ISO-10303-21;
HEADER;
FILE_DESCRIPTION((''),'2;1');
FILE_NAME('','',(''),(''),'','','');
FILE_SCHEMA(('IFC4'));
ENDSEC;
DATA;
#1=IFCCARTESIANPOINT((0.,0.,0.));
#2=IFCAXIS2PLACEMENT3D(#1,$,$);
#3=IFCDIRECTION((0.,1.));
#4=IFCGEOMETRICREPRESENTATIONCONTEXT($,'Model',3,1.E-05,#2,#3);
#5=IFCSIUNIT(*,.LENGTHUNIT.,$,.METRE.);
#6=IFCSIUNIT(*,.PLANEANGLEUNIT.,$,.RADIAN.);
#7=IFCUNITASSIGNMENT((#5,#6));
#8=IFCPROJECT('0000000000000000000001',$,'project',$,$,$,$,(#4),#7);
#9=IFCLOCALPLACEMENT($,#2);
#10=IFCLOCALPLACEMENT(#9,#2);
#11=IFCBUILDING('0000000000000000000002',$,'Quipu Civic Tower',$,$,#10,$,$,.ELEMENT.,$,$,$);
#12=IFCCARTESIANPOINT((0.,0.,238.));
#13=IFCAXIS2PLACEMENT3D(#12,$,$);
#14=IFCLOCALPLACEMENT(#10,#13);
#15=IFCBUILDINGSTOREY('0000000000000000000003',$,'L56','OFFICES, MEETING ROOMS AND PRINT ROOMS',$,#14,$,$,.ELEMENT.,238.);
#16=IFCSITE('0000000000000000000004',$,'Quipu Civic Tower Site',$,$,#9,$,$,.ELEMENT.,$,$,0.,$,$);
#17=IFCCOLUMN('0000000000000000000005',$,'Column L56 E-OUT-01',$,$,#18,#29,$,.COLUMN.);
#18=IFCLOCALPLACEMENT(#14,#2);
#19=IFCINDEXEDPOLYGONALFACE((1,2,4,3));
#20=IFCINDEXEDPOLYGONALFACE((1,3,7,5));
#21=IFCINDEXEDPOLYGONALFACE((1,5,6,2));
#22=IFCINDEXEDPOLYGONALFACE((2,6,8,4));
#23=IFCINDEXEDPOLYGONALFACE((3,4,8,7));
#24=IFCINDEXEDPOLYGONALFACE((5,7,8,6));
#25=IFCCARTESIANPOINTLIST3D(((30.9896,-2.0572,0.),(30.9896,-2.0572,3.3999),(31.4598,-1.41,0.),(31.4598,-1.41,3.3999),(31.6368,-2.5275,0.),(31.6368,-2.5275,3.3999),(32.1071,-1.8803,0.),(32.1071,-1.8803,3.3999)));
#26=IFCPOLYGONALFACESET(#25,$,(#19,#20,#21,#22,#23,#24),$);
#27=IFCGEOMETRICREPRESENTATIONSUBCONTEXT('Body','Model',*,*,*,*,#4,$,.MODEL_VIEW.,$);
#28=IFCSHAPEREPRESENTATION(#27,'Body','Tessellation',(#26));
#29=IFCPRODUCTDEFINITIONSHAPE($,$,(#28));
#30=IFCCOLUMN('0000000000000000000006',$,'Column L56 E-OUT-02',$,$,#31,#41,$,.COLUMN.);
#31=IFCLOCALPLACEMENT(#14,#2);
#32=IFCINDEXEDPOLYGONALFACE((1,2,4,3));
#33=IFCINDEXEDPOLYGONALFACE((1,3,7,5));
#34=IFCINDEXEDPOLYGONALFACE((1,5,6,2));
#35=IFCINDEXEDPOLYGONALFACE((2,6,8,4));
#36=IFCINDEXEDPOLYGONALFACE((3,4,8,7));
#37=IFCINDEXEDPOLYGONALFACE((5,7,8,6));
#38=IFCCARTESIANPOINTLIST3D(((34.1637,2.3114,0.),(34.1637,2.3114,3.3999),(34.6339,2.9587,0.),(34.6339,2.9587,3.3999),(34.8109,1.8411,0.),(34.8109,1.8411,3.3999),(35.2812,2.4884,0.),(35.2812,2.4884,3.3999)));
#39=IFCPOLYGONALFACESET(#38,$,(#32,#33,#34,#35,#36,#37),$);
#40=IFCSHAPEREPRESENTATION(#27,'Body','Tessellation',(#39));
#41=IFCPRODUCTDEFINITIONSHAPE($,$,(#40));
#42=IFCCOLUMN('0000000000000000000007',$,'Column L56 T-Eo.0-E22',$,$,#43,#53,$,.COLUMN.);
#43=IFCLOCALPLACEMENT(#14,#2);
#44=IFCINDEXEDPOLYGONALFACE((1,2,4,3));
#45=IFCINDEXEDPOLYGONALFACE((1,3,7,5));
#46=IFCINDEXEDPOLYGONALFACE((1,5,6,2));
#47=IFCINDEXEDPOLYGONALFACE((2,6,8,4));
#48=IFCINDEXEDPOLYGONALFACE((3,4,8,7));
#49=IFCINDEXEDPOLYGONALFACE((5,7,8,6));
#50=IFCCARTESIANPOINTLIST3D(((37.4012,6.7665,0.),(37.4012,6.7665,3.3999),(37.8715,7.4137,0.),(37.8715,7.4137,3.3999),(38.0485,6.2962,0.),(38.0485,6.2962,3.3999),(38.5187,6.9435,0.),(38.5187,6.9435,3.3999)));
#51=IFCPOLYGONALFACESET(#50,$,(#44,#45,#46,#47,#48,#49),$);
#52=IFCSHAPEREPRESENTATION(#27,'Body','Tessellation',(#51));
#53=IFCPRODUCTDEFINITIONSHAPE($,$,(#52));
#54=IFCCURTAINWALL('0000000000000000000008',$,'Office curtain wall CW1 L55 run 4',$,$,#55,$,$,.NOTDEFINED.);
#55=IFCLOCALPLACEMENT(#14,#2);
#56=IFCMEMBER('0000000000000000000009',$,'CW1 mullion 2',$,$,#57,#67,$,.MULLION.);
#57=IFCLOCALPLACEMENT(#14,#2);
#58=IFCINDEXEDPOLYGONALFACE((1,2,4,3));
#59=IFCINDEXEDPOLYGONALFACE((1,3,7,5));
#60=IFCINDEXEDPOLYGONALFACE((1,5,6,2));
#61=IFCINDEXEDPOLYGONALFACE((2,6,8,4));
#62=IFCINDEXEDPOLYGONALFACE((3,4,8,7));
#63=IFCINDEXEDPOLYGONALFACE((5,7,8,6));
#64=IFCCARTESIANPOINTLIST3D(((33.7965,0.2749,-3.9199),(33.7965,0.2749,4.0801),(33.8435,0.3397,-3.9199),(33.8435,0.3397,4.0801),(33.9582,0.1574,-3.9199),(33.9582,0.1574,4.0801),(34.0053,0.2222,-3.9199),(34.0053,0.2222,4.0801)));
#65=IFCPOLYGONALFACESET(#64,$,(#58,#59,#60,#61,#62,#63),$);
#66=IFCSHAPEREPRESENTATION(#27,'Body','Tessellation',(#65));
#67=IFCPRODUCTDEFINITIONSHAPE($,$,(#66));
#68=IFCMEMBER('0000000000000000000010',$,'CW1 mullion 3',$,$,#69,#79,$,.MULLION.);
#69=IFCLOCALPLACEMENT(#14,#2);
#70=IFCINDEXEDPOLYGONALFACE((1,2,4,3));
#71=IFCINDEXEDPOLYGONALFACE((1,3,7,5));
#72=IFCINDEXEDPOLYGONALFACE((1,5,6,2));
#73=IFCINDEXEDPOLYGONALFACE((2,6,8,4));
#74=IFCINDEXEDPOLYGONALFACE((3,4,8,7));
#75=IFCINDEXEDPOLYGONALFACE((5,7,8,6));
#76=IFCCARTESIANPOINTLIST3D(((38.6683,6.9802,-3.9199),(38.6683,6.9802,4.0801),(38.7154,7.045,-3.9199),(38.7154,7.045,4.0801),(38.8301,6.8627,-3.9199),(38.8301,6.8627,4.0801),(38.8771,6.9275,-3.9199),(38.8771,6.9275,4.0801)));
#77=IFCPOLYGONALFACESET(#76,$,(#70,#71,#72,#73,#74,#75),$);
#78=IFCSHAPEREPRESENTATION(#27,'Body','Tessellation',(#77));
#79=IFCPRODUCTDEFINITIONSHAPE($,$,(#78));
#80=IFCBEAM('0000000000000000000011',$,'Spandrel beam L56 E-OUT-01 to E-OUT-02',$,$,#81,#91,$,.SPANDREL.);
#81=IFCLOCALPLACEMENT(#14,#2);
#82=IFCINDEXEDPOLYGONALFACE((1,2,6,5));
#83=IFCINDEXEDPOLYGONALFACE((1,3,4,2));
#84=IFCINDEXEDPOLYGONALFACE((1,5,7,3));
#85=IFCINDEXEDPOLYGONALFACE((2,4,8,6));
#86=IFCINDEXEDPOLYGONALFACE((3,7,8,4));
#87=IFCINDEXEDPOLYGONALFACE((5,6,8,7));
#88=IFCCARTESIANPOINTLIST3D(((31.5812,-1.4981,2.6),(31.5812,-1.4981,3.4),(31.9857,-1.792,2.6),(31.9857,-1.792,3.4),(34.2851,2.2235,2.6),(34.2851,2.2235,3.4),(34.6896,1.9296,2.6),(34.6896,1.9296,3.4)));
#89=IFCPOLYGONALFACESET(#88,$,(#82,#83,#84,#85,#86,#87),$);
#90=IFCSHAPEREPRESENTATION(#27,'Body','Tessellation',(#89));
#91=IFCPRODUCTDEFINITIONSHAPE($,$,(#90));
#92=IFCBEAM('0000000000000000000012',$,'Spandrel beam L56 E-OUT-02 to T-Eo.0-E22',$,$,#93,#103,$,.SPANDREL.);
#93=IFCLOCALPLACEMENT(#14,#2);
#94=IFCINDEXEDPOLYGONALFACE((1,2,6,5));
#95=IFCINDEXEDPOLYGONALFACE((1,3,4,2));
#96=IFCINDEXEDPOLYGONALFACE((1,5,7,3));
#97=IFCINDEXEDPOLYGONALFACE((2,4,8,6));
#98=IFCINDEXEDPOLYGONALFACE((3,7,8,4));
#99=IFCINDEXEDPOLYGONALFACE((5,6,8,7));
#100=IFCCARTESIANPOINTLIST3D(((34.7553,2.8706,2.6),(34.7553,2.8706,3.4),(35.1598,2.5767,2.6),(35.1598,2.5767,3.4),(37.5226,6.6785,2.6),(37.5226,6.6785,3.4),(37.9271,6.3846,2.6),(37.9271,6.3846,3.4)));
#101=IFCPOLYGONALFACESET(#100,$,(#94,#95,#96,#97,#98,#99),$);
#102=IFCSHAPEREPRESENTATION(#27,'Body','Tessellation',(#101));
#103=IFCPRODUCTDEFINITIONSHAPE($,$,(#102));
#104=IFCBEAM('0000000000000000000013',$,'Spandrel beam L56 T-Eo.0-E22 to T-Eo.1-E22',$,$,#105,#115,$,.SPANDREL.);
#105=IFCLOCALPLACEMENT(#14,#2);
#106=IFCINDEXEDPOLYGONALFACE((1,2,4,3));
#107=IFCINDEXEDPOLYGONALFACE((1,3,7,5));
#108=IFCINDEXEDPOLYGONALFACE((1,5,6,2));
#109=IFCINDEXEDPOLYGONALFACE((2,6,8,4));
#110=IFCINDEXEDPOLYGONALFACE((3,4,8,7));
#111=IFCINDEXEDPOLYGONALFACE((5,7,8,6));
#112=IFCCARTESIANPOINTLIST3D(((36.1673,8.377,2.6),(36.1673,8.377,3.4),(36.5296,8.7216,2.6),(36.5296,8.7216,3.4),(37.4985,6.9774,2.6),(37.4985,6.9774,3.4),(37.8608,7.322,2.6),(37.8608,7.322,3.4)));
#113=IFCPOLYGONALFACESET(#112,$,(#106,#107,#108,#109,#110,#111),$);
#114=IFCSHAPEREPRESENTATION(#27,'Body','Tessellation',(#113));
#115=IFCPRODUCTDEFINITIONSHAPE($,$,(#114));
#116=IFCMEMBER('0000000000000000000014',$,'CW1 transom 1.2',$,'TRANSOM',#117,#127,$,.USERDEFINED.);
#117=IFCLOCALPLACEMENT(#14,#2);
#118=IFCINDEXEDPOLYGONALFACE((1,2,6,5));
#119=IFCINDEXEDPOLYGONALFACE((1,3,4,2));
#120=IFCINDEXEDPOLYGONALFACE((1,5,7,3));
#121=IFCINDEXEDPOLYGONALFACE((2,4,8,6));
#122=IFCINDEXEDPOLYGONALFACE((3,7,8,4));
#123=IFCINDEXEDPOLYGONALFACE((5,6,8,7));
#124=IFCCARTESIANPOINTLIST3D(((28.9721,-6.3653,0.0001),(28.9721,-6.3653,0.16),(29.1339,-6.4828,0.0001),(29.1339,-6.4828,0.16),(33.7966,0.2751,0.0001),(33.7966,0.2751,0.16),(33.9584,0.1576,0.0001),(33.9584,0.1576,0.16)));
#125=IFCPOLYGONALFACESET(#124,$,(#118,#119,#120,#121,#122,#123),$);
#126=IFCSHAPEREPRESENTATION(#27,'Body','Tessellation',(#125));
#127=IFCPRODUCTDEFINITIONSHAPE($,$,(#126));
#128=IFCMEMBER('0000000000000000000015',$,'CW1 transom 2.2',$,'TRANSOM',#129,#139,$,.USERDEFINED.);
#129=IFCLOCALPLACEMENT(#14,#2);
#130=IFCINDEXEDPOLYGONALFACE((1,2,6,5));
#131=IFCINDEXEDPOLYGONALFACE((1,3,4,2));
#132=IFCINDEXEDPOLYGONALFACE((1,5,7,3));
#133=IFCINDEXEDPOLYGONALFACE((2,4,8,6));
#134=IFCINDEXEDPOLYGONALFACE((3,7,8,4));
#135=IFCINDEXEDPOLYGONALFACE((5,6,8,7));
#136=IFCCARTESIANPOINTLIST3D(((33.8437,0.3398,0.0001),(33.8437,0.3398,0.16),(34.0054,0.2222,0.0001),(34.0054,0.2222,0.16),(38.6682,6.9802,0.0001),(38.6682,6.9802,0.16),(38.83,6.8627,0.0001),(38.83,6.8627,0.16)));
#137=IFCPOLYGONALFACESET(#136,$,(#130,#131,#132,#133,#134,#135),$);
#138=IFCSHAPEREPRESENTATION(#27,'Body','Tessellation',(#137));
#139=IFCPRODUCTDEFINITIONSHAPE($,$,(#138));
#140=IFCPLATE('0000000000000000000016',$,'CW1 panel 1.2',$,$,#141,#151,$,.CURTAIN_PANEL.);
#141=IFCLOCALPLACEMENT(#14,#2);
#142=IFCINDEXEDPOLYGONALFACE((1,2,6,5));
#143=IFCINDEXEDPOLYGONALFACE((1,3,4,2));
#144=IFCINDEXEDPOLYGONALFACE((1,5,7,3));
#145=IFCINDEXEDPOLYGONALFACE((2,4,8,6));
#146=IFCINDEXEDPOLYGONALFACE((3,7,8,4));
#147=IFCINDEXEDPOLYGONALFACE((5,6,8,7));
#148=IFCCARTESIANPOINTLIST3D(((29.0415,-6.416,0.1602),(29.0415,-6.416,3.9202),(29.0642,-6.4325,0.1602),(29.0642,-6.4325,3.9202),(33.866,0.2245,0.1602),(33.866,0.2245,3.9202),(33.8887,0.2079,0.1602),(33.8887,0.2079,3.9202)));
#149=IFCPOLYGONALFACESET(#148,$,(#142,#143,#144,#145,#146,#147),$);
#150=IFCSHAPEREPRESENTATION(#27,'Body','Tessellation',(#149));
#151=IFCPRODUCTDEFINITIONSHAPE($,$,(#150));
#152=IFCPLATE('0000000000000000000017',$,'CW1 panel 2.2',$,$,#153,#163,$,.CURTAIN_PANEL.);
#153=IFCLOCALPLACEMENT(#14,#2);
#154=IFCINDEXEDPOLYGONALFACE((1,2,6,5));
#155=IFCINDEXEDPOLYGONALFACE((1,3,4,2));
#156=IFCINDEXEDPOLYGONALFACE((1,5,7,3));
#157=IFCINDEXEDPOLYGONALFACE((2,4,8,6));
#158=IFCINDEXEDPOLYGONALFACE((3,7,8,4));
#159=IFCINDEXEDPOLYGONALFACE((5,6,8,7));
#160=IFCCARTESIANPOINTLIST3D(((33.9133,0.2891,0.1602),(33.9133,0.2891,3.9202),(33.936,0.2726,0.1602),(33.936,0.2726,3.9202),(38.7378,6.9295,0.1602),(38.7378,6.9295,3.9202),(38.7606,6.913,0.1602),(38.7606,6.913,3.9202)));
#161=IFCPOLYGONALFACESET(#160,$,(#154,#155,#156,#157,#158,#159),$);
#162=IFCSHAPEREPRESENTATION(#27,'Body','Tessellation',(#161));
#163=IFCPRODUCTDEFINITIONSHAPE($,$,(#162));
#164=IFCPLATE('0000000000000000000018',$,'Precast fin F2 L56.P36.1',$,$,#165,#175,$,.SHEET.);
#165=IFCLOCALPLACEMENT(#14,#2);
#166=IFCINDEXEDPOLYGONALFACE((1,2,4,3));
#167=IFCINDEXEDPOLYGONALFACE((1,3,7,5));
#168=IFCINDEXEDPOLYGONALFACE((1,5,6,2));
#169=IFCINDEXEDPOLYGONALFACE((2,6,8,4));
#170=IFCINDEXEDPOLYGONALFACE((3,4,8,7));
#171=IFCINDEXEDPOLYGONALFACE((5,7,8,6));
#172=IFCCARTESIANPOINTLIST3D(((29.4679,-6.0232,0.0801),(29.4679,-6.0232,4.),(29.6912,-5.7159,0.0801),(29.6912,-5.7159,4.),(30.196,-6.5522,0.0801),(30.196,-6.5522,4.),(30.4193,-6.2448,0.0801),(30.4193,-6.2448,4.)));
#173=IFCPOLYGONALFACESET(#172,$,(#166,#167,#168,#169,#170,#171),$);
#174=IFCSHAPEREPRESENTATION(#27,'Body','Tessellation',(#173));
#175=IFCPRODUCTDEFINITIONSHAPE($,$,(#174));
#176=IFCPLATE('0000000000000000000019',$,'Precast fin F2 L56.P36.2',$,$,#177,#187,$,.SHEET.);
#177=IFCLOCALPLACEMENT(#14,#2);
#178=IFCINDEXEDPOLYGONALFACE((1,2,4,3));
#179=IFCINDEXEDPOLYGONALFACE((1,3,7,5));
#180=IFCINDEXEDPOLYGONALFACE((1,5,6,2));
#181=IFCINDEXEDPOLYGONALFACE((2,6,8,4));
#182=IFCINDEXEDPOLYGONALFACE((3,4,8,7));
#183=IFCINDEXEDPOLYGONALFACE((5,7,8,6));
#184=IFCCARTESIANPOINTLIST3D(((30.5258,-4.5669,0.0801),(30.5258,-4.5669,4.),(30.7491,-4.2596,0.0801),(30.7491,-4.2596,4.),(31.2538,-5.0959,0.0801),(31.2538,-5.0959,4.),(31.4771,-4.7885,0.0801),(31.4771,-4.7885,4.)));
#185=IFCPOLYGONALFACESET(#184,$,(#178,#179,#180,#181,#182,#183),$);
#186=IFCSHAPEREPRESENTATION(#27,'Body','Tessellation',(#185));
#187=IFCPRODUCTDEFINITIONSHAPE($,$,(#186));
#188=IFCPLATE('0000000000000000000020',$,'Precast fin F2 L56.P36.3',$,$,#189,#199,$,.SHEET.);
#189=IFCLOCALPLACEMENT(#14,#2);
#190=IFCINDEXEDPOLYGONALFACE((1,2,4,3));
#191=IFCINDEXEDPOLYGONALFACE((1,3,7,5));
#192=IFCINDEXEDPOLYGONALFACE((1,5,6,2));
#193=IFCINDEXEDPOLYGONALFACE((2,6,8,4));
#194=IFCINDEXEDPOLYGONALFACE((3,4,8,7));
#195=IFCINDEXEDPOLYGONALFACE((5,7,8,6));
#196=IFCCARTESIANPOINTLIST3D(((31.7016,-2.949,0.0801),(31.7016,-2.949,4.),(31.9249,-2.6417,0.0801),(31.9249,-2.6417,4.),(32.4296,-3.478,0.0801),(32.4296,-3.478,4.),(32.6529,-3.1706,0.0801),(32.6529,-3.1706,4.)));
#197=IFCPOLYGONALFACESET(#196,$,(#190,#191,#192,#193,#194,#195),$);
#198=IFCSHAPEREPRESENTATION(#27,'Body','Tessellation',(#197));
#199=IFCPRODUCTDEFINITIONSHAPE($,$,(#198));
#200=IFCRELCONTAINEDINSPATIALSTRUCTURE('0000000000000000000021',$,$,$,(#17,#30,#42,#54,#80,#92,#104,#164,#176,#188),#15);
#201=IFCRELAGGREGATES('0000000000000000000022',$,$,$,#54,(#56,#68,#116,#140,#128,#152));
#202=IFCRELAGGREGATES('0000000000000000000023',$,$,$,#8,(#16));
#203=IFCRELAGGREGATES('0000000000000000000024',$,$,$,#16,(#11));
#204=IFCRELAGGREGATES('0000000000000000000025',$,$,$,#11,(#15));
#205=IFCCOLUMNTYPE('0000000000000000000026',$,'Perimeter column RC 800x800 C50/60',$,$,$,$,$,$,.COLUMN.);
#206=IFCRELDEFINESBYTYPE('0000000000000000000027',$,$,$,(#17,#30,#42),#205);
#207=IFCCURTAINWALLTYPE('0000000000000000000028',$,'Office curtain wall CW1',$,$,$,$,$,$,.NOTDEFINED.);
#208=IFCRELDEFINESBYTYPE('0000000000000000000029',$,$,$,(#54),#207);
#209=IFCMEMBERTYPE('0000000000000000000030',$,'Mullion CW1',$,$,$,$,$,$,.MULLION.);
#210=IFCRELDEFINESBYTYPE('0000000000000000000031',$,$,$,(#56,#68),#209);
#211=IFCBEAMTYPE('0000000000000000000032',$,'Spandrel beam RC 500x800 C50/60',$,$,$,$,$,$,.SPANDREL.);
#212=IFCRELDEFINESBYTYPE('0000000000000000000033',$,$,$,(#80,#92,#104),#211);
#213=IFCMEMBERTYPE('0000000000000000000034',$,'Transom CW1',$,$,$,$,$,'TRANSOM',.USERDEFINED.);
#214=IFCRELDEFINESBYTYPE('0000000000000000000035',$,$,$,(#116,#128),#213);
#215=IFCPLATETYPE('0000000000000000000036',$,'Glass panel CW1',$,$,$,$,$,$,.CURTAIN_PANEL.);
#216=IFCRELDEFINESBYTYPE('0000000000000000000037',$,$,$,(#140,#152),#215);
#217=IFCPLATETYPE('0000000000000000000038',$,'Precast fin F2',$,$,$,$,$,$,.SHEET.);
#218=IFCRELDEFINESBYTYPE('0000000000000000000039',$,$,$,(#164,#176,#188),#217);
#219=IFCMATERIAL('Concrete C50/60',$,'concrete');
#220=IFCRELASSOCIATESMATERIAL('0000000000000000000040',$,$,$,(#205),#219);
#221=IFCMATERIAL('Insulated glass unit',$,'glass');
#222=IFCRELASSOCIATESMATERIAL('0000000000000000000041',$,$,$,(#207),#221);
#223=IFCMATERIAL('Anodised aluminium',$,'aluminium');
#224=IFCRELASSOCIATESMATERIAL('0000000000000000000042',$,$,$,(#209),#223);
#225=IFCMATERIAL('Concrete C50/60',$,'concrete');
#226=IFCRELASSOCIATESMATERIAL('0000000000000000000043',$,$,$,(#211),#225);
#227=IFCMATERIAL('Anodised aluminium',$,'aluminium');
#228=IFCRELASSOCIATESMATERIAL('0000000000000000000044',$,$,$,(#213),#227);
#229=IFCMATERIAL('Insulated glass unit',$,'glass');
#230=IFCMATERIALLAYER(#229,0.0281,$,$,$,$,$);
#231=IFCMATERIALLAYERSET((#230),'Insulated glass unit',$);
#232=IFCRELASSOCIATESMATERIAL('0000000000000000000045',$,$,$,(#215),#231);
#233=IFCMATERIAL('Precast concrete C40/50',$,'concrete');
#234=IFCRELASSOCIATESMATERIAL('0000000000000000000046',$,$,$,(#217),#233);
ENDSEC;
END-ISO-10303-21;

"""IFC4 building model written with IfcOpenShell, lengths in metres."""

from ifc_helpers import new_model, si_unit, direction, frame, origin, origin_2d, place, context, subcontext, project, spatial, rectangle, extrude, material, layer, layer_set, material_profile, profile_set, type_object, element, aggregate, save


model = new_model("IFC4")

# Units and contexts
model_context = context("Model", 3, precision=1e-05, world=origin(), true_north=direction((0.0, 1.0)))
body_context = subcontext(model_context, "Body", "Model", "MODEL_VIEW")
ifc_project = project(units=[si_unit("LENGTHUNIT", "METRE"), si_unit("PLANEANGLEUNIT", "RADIAN")], contexts=[model_context])

# Site, building, storey
site_placement = place(None, origin())
site = spatial("IfcSite", under=ifc_project, at=site_placement, Name="Quipu Civic Tower Site", CompositionType="ELEMENT", RefElevation=0.0)
building_placement = place(site_placement, origin())
building = spatial("IfcBuilding", under=site, at=building_placement, Name="Quipu Civic Tower", CompositionType="ELEMENT")
storey_placement = place(building_placement, frame((0.0, 0.0, 238.0)))
storey = spatial("IfcBuildingStorey", under=building, at=storey_placement, Name="L56", Description="OFFICES, MEETING ROOMS AND PRINT ROOMS", CompositionType="ELEMENT", Elevation=238.0)

# Columns
ifc_material_1 = material(Name="Concrete C50/60", Category="concrete")
ifc_material_profile_1 = material_profile(ifc_material_1, rectangle(XDim=0.8, YDim=0.8, at=origin_2d()), Name="RC800x800")
ifc_profile_set_1 = profile_set([ifc_material_profile_1], Name="Concrete C50/60")
column_type = type_object("IfcColumnType", Name="Perimeter column RC 800x800 C50/60", PredefinedType="COLUMN", material=ifc_profile_set_1)
for number, where, z_axis, x_axis, name in (
    (1, (31.5483, -1.9688, 0.0), (0.0, 0.0, 1.0), (0.587785, 0.809017, 0.0), "Column L56 E-OUT-01"),
    (2, (34.7224, 2.3999, 0.0), (0.0, 0.0, 1.0), (0.587785, 0.809017, 0.0), "Column L56 E-OUT-02"),
    (3, (37.96, 6.855, 0.0), (0.0, 0.0, 1.0), (0.587785, 0.809017, 0.0), "Column L56 T-Eo.0-E22"),
):
    element("IfcColumn", number, at=place(storey_placement, frame(where, z_axis=z_axis, x_axis=x_axis)), inside=storey, type_object=column_type, Name=name, PredefinedType="COLUMN", context=body_context, shape_type="SweptSolid", body=[
        extrude(rectangle(XDim=0.8, YDim=0.8, at=origin_2d()), origin(), (0.0, 0.0, 1.0), 3.3999),
    ])

# Curtain wall, members
ifc_material_2 = material(Name="Insulated glass unit", Category="glass")
curtain_wall_type = type_object("IfcCurtainWallType", Name="Office curtain wall CW1", PredefinedType="NOTDEFINED", material=ifc_material_2)
curtain_wall_placement = place(storey_placement, origin())
curtain_wall = element("IfcCurtainWall", 4, at=curtain_wall_placement, inside=storey, type_object=curtain_wall_type, Name="Office curtain wall CW1 L55 run 4", PredefinedType="NOTDEFINED")
ifc_material_3 = material(Name="Anodised aluminium", Category="aluminium")
ifc_material_profile_2 = material_profile(ifc_material_3, rectangle(XDim=0.2, YDim=0.0801, at=origin_2d()), Name="RECT 200x80")
ifc_profile_set_2 = profile_set([ifc_material_profile_2], Name="Anodised aluminium")
member_type_1 = type_object("IfcMemberType", Name="Mullion CW1", PredefinedType="MULLION", material=ifc_profile_set_2)
member_1_placement = place(storey_placement, frame((33.9009, 0.2485, -3.9199), z_axis=(0.0, 0.0, 1.0), x_axis=(-0.809016, 0.587787, 0.0)))
member_1 = element("IfcMember", 5, at=member_1_placement, type_object=member_type_1, Name="CW1 mullion 2", PredefinedType="MULLION", context=body_context, shape_type="SweptSolid", body=[
    extrude(rectangle(XDim=0.2, YDim=0.0801, at=origin_2d()), origin(), (0.0, 0.0, 1.0), 8.0),
])
member_2_placement = place(storey_placement, frame((38.7727, 6.9539, -3.9199), z_axis=(0.0, 0.0, 1.0), x_axis=(-0.809016, 0.587787, 0.0)))
member_2 = element("IfcMember", 6, at=member_2_placement, type_object=member_type_1, Name="CW1 mullion 3", PredefinedType="MULLION", context=body_context, shape_type="SweptSolid", body=[
    extrude(rectangle(XDim=0.2, YDim=0.0801, at=origin_2d()), origin(), (0.0, 0.0, 1.0), 8.0),
])

# Beams
ifc_material_4 = material(Name="Concrete C50/60", Category="concrete")
ifc_material_profile_3 = material_profile(ifc_material_4, rectangle(XDim=0.5, YDim=0.8, at=origin_2d()), Name="RC500x800")
ifc_profile_set_3 = profile_set([ifc_material_profile_3], Name="Concrete C50/60")
beam_type = type_object("IfcBeamType", Name="Spandrel beam RC 500x800 C50/60", PredefinedType="SPANDREL", material=ifc_profile_set_3)
beam_1_placement = place(storey_placement, frame((31.7834, -1.645, 3.0), z_axis=(0.587796, 0.809009, 0.0), x_axis=(-0.809009, 0.587796, 0.0)))
element("IfcBeam", 7, at=beam_1_placement, inside=storey, type_object=beam_type, Name="Spandrel beam L56 E-OUT-01 to E-OUT-02", PredefinedType="SPANDREL", context=body_context, shape_type="SweptSolid", body=[
    extrude(rectangle(XDim=0.5, YDim=0.8, at=origin_2d()), origin(), (0.0, 0.0, 1.0), 4.6001),
])
beam_2_placement = place(storey_placement, frame((34.9575, 2.7236, 3.0), z_axis=(0.587891, 0.80894, 0.0), x_axis=(-0.80894, 0.587891, 0.0)))
element("IfcBeam", 8, at=beam_2_placement, inside=storey, type_object=beam_type, Name="Spandrel beam L56 E-OUT-02 to T-Eo.0-E22", PredefinedType="SPANDREL", context=body_context, shape_type="SweptSolid", body=[
    extrude(rectangle(XDim=0.5, YDim=0.8, at=origin_2d()), origin(), (0.0, 0.0, 1.0), 4.7073),
])
beam_3_placement = place(storey_placement, frame((37.6797, 7.1497, 3.0), z_axis=(-0.689191, 0.72458, 0.0), x_axis=(-0.72458, -0.689191, 0.0)))
element("IfcBeam", 9, at=beam_3_placement, inside=storey, type_object=beam_type, Name="Spandrel beam L56 T-Eo.0-E22 to T-Eo.1-E22", PredefinedType="SPANDREL", context=body_context, shape_type="SweptSolid", body=[
    extrude(rectangle(XDim=0.5, YDim=0.8, at=origin_2d()), origin(), (0.0, 0.0, 1.0), 1.9316),
])

# Members
ifc_material_5 = material(Name="Anodised aluminium", Category="aluminium")
ifc_material_profile_4 = material_profile(ifc_material_5, rectangle(XDim=0.2, YDim=0.1599, at=origin_2d()), Name="RECT 200x160")
ifc_profile_set_4 = profile_set([ifc_material_profile_4], Name="Anodised aluminium")
member_type_2 = type_object("IfcMemberType", Name="Transom CW1", ElementType="TRANSOM", PredefinedType="USERDEFINED", material=ifc_profile_set_4)
member_3_placement = place(storey_placement, frame((29.053, -6.4241, 0.0801), z_axis=(0.587781, 0.80902, 0.0), x_axis=(-0.80902, 0.587781, 0.0)))
member_3 = element("IfcMember", 10, at=member_3_placement, type_object=member_type_2, Name="CW1 transom 1.2", ObjectType="TRANSOM", PredefinedType="USERDEFINED", context=body_context, shape_type="SweptSolid", body=[
    extrude(rectangle(XDim=0.2, YDim=0.1599, at=origin_2d()), origin(), (0.0, 0.0, 1.0), 8.208),
])
member_4_placement = place(storey_placement, frame((33.9246, 0.281, 0.0801), z_axis=(0.587781, 0.80902, 0.0), x_axis=(-0.80902, 0.587781, 0.0)))
member_4 = element("IfcMember", 11, at=member_4_placement, type_object=member_type_2, Name="CW1 transom 2.2", ObjectType="TRANSOM", PredefinedType="USERDEFINED", context=body_context, shape_type="SweptSolid", body=[
    extrude(rectangle(XDim=0.2, YDim=0.1599, at=origin_2d()), origin(), (0.0, 0.0, 1.0), 8.208),
])

# Plates
ifc_material_6 = material(Name="Insulated glass unit", Category="glass")
ifc_layer_1 = layer(ifc_material_6, 0.0281)
ifc_layer_set_1 = layer_set([ifc_layer_1], Name="Insulated glass unit")
plate_type_1 = type_object("IfcPlateType", Name="Glass panel CW1", PredefinedType="CURTAIN_PANEL", material=ifc_layer_set_1)
plate_1_placement = place(storey_placement, frame((31.4651, -3.104, 0.1602), z_axis=(0.0, 0.0, 1.0), x_axis=(0.587787, 0.809016, 0.0)))
plate_1 = element("IfcPlate", 12, at=plate_1_placement, type_object=plate_type_1, Name="CW1 panel 1.2", PredefinedType="CURTAIN_PANEL", context=body_context, shape_type="SweptSolid", body=[
    extrude(rectangle(XDim=8.208, YDim=0.0281, at=origin_2d()), origin(), (0.0, 0.0, 1.0), 3.76),
])
plate_2_placement = place(storey_placement, frame((36.3369, 3.6011, 0.1602), z_axis=(0.0, 0.0, 1.0), x_axis=(0.587787, 0.809016, 0.0)))
plate_2 = element("IfcPlate", 13, at=plate_2_placement, type_object=plate_type_1, Name="CW1 panel 2.2", PredefinedType="CURTAIN_PANEL", context=body_context, shape_type="SweptSolid", body=[
    extrude(rectangle(XDim=8.208, YDim=0.0281, at=origin_2d()), origin(), (0.0, 0.0, 1.0), 3.76),
])
aggregate(curtain_wall, [member_1, member_2, member_3, plate_1, member_4, plate_2])

# Plates
ifc_material_7 = material(Name="Precast concrete C40/50", Category="concrete")
plate_type_2 = type_object("IfcPlateType", Name="Precast fin F2", PredefinedType="SHEET", material=ifc_material_7)
for number, where, z_axis, x_axis, name in (
    (14, (29.9436, -6.134, 0.0801), (0.0, 0.0, 1.0), (0.587787, 0.809016, 0.0), "Precast fin F2 L56.P36.1"),
    (15, (31.0015, -4.6777, 0.0801), (0.0, 0.0, 1.0), (0.587787, 0.809016, 0.0), "Precast fin F2 L56.P36.2"),
    (16, (32.1772, -3.0598, 0.0801), (0.0, 0.0, 1.0), (0.587787, 0.809016, 0.0), "Precast fin F2 L56.P36.3"),
):
    element("IfcPlate", number, at=place(storey_placement, frame(where, z_axis=z_axis, x_axis=x_axis)), inside=storey, type_object=plate_type_2, Name=name, PredefinedType="SHEET", context=body_context, shape_type="SweptSolid", body=[
        extrude(rectangle(XDim=0.3799, YDim=0.8999, at=origin_2d()), origin(), (0.0, 0.0, 1.0), 3.9199),
    ])

save(model, "model.ifc")
